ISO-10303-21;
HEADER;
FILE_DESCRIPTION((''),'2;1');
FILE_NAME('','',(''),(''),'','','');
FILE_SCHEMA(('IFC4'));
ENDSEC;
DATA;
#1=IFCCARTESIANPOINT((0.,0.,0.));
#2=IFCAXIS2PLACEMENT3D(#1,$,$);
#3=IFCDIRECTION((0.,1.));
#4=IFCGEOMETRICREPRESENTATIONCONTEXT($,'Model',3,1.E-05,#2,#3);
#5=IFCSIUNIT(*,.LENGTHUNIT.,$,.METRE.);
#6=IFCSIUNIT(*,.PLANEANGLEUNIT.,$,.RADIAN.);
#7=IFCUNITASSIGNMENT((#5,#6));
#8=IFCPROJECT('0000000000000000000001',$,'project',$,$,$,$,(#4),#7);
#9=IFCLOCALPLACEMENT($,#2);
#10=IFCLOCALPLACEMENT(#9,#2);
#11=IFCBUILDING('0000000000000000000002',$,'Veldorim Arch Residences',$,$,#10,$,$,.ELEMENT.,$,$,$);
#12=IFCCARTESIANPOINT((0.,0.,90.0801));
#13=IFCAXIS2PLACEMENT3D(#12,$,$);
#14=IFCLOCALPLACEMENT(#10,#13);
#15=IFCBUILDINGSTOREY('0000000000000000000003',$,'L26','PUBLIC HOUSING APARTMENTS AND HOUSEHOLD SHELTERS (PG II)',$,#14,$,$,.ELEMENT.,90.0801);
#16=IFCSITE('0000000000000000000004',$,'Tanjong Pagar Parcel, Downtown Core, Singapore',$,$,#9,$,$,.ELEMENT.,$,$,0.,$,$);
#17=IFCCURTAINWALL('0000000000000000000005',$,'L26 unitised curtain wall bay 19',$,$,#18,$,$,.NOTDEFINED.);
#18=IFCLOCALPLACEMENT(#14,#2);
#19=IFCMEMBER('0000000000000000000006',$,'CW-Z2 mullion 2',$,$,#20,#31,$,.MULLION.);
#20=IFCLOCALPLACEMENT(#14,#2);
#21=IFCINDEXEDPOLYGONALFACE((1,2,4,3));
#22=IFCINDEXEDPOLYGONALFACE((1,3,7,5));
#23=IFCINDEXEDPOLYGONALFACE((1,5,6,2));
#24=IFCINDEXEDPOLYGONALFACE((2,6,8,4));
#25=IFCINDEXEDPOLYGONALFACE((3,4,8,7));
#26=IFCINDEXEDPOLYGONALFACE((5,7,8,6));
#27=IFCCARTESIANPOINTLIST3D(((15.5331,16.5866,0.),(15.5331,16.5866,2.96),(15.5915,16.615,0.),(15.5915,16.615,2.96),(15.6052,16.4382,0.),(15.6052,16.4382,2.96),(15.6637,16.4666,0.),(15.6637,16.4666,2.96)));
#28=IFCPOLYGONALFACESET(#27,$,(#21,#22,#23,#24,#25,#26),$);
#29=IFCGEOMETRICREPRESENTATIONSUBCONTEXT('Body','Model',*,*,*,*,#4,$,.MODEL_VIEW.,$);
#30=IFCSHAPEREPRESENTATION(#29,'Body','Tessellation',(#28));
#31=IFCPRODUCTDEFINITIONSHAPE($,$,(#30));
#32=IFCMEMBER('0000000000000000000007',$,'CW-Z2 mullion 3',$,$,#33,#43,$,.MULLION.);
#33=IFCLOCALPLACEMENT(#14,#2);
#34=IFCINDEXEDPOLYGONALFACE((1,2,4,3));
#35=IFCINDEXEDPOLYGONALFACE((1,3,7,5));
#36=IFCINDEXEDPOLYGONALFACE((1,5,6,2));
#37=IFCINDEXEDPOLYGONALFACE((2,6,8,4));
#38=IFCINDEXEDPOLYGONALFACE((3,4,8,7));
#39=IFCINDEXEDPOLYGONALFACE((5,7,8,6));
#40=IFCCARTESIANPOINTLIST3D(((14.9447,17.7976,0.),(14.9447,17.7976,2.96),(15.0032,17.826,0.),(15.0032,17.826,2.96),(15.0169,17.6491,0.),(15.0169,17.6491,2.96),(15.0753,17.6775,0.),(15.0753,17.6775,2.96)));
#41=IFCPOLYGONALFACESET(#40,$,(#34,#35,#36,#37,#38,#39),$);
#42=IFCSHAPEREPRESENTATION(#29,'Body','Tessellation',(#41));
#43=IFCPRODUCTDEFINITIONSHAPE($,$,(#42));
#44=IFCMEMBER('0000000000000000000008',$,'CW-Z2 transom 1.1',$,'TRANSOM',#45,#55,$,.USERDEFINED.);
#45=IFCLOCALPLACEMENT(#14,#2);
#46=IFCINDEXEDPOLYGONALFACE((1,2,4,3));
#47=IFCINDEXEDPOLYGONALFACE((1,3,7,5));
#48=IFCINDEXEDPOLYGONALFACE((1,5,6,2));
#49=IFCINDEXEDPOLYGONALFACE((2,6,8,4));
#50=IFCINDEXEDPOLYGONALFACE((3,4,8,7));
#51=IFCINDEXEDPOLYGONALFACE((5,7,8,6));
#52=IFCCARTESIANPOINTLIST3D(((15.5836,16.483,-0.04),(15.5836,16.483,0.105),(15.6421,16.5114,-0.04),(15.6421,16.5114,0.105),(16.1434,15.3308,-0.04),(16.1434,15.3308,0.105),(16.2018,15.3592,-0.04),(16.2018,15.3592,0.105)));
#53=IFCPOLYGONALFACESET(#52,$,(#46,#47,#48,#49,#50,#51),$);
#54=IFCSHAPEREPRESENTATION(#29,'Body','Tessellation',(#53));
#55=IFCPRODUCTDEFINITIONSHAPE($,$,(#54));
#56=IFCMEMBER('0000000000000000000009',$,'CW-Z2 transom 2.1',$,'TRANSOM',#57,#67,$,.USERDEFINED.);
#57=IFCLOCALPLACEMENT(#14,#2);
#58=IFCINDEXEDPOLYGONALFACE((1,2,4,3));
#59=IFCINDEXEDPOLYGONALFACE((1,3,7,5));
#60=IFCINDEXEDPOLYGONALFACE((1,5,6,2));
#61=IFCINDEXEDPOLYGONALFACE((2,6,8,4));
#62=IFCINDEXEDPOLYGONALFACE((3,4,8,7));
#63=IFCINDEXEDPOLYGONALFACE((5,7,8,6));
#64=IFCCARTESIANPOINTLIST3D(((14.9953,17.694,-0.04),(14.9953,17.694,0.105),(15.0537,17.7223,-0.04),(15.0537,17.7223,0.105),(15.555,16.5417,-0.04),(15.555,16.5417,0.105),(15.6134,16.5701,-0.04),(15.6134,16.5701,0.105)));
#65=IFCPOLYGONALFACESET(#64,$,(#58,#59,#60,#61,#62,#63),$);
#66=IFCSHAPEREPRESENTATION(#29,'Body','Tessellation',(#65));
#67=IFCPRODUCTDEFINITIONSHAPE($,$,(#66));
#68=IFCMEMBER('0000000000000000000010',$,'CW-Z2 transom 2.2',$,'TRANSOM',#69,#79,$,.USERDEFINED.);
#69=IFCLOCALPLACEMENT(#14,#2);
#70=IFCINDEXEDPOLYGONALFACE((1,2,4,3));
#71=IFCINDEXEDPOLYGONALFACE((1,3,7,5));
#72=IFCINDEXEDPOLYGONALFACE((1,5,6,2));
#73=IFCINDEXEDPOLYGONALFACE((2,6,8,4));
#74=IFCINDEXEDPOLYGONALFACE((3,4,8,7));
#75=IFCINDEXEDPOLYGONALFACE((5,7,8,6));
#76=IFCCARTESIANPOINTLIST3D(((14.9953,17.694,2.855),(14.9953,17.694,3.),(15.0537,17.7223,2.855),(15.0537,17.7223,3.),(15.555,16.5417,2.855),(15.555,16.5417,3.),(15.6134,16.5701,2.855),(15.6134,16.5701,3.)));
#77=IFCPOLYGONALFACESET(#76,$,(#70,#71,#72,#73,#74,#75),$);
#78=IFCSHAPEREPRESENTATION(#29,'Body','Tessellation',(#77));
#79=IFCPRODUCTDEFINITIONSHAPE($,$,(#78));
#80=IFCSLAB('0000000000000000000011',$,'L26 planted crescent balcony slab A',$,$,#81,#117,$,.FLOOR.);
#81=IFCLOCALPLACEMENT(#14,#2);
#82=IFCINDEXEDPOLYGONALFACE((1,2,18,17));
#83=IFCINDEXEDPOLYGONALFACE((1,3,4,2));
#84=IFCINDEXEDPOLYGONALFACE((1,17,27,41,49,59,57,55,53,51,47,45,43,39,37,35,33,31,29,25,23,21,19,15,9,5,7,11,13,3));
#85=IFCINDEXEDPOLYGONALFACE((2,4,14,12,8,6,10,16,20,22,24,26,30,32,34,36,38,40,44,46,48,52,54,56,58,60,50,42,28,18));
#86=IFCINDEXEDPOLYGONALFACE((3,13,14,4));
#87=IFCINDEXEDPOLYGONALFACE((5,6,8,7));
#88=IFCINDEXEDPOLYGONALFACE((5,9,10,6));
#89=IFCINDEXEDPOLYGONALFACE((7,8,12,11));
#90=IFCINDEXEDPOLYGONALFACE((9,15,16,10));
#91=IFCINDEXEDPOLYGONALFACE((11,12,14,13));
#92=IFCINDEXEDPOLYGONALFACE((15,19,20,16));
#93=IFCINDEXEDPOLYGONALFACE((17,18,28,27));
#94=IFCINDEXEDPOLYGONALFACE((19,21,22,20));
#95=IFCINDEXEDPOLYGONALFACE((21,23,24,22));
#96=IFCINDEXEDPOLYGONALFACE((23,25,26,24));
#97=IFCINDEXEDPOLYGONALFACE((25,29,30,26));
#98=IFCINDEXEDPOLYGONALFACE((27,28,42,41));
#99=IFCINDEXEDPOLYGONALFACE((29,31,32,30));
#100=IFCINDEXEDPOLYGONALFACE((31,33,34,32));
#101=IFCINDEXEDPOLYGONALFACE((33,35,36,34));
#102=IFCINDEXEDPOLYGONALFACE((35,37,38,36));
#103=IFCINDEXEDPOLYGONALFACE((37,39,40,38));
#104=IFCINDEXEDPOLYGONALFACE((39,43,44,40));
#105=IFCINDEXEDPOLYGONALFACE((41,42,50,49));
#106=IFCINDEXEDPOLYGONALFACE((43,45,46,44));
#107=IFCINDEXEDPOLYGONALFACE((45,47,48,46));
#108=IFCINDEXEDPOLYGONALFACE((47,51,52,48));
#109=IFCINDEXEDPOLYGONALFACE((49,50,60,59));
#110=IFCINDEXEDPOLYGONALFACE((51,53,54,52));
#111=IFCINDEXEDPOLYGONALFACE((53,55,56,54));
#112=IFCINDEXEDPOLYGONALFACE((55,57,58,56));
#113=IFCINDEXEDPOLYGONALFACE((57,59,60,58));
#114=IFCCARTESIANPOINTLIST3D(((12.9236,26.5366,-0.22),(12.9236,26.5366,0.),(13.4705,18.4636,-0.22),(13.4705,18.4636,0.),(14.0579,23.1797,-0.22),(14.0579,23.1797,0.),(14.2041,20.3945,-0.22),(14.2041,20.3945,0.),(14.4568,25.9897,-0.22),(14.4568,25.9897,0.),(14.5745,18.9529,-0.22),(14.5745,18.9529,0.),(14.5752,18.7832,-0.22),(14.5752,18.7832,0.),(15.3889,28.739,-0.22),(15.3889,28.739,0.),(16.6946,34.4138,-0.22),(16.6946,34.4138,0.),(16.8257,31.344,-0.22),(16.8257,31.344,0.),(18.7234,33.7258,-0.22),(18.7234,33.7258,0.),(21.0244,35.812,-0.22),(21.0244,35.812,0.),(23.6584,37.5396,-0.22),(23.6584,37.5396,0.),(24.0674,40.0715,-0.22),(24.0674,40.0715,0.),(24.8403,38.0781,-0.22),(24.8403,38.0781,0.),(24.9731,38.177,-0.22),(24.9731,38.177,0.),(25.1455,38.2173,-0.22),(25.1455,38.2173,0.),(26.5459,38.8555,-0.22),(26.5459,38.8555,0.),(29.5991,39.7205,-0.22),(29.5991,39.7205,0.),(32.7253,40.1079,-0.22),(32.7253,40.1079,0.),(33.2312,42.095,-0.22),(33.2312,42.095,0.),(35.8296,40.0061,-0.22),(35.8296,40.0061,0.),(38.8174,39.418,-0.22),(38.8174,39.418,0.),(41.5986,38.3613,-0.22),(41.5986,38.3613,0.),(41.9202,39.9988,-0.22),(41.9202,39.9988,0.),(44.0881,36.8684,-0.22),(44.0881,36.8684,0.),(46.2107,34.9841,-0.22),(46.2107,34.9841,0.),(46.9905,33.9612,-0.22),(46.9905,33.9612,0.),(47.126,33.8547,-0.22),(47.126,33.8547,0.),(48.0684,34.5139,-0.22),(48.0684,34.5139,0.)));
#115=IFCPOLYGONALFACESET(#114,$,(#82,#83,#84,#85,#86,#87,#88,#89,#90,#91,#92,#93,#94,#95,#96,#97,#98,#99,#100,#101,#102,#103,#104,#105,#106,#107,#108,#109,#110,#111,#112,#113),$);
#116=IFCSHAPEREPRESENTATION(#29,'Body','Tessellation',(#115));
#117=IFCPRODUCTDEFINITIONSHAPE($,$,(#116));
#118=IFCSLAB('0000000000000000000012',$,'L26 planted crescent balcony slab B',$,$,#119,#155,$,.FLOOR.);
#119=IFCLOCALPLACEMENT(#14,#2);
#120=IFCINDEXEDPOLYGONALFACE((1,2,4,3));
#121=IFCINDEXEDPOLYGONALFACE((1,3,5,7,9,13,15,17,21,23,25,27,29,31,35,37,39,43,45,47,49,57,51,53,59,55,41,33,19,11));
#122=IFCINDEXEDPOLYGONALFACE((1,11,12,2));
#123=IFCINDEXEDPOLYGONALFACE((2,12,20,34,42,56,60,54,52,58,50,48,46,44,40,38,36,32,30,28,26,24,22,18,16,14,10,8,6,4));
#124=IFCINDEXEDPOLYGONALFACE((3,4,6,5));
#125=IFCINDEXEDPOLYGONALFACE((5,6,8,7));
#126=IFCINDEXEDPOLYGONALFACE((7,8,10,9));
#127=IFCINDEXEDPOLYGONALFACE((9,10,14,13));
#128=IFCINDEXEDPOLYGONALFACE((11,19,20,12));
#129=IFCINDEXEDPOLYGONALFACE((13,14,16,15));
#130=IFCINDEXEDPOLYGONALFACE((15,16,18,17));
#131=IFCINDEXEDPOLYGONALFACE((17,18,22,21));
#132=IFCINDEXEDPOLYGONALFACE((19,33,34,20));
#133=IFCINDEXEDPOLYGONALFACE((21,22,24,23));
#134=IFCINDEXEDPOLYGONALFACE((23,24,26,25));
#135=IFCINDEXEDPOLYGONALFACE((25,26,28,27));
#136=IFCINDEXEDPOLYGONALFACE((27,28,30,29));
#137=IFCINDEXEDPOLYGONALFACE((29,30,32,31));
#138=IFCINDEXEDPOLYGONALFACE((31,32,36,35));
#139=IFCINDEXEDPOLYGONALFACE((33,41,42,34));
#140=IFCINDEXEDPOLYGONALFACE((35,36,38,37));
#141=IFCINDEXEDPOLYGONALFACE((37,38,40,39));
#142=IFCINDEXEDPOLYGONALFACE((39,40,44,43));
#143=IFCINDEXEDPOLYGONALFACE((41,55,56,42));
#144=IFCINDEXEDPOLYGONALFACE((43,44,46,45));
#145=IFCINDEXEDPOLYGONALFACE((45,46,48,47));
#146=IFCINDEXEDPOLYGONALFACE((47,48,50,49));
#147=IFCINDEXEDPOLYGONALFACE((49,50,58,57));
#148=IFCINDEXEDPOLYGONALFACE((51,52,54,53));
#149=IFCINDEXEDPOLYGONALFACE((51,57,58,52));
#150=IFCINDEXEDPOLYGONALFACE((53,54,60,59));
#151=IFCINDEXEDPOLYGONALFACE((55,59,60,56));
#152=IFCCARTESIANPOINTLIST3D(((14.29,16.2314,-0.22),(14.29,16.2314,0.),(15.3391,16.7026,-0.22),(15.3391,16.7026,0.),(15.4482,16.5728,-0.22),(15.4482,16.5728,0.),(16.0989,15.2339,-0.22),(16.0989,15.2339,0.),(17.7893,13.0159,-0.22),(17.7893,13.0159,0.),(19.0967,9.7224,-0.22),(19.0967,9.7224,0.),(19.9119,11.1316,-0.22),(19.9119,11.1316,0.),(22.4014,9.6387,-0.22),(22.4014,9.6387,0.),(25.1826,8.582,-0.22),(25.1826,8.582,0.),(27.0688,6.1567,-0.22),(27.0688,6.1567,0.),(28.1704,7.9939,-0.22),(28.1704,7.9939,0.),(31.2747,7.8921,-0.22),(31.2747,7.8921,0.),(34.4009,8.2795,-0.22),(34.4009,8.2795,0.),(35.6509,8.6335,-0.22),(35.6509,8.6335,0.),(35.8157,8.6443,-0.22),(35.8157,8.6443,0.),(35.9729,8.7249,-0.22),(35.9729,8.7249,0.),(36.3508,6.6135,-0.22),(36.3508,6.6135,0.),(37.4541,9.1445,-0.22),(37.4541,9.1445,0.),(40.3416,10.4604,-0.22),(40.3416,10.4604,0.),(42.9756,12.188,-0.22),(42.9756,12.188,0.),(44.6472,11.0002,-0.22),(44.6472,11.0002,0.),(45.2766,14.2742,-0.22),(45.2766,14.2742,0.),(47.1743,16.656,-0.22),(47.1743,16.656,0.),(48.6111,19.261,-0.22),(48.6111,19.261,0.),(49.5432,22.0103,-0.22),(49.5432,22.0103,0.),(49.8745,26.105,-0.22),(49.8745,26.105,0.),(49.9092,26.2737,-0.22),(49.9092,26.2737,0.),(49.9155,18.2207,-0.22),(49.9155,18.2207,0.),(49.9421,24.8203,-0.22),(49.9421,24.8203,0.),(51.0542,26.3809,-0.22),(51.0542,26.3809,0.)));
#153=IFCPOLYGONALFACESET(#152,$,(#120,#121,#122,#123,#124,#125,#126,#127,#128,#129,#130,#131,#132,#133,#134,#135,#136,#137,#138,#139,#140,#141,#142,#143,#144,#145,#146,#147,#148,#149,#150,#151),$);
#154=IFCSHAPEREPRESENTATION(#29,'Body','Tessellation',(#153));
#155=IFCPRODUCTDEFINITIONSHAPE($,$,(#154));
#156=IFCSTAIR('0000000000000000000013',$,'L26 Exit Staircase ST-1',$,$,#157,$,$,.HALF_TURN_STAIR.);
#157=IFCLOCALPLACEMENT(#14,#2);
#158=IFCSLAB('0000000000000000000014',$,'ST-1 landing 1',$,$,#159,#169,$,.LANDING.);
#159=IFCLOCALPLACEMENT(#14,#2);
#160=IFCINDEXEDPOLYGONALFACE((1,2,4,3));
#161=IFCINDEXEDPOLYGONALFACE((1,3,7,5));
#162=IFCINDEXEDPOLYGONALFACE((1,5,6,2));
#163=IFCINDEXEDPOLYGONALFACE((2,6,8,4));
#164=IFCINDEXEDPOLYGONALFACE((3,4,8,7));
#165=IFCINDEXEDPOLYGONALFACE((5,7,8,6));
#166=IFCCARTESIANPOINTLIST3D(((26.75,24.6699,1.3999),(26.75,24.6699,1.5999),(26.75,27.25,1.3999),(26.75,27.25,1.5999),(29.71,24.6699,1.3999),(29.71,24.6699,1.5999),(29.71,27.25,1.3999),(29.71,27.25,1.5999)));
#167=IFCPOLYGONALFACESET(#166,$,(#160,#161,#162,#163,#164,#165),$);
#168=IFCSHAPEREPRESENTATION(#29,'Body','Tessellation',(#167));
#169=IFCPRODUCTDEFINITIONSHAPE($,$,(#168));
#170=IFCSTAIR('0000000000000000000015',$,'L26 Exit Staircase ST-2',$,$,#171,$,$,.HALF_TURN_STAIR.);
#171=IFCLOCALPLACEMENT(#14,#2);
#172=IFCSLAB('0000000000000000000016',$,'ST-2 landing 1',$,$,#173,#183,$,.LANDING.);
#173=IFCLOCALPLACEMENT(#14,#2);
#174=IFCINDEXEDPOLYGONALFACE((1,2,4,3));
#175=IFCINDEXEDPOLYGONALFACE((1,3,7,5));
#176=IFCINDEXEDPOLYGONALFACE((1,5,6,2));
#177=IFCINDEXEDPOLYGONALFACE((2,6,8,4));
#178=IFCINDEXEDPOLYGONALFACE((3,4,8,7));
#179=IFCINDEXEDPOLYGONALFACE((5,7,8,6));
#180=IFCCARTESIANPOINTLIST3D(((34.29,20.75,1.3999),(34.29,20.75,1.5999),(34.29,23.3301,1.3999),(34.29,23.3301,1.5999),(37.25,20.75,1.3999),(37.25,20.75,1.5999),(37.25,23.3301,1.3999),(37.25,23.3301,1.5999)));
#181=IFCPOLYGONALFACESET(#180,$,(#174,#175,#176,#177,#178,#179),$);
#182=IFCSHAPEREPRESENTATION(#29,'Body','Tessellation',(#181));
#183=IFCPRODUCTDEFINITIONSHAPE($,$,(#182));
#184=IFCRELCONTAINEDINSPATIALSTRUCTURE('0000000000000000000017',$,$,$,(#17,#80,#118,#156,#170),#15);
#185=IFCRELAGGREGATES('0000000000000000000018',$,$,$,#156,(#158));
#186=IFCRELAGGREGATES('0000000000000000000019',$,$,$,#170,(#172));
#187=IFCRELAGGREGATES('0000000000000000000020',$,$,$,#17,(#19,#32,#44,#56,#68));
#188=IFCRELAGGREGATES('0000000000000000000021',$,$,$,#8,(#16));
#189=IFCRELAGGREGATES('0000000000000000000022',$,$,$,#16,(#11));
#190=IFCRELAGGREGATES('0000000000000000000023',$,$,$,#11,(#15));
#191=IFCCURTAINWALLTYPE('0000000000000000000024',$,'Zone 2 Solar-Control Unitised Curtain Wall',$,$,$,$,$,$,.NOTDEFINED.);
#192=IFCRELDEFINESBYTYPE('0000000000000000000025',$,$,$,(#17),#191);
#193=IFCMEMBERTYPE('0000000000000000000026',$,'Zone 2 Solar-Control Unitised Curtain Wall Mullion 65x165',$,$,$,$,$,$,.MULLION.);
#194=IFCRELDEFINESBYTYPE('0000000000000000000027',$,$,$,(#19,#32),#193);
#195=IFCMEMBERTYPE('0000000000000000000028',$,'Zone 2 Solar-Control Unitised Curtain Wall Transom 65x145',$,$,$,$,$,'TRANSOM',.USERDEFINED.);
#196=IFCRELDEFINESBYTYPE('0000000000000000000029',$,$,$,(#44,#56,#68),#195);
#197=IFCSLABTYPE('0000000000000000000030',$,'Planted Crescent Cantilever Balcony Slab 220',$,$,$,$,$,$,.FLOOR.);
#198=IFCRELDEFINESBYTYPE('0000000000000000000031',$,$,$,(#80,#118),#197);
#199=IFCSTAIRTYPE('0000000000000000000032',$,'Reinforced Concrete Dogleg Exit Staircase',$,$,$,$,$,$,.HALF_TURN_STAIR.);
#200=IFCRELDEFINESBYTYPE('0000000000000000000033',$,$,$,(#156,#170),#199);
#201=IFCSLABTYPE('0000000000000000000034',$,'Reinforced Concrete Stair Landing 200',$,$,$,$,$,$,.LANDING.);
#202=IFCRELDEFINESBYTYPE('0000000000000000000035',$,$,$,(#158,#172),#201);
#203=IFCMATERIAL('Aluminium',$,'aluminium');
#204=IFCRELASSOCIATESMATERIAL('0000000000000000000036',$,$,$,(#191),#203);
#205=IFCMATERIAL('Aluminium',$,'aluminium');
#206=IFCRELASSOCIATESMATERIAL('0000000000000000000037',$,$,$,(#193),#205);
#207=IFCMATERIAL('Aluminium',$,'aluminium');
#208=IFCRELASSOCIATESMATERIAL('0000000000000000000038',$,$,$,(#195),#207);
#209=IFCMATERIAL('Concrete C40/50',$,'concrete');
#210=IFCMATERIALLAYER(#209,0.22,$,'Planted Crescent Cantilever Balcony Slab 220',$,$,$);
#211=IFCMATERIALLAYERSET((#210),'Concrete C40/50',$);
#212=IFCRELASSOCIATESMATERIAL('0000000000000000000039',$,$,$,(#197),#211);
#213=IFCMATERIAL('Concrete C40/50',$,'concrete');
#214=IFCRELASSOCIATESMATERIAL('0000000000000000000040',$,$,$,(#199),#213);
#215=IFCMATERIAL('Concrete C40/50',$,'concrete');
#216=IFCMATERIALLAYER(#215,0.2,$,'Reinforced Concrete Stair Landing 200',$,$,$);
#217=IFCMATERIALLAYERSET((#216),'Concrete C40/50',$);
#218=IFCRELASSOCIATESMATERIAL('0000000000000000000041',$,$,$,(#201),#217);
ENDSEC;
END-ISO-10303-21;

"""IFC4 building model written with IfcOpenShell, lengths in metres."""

from ifc_helpers import new_model, si_unit, direction, frame, origin, origin_2d, place, context, subcontext, project, spatial, polyline, rectangle, outline, extrude, material, layer, layer_set, material_profile, profile_set, type_object, element, aggregate, save


model = new_model("IFC4")

# Units and contexts
model_context = context("Model", 3, precision=1e-05, world=origin(), true_north=direction((0.0, 1.0)))
body_context = subcontext(model_context, "Body", "Model", "MODEL_VIEW")
ifc_project = project(units=[si_unit("LENGTHUNIT", "METRE"), si_unit("PLANEANGLEUNIT", "RADIAN")], contexts=[model_context])

# Site, building, storey
site_placement = place(None, origin())
site = spatial("IfcSite", under=ifc_project, at=site_placement, Name="Tanjong Pagar Parcel, Downtown Core, Singapore", CompositionType="ELEMENT", RefElevation=0.0)
building_placement = place(site_placement, origin())
building = spatial("IfcBuilding", under=site, at=building_placement, Name="Veldorim Arch Residences", CompositionType="ELEMENT")
storey_placement = place(building_placement, frame((0.0, 0.0, 90.0801)))
storey = spatial("IfcBuildingStorey", under=building, at=storey_placement, Name="L26", Description="PUBLIC HOUSING APARTMENTS AND HOUSEHOLD SHELTERS (PG II)", CompositionType="ELEMENT", Elevation=90.0801)

# Curtain wall, members
ifc_material_1 = material(Name="Aluminium", Category="aluminium")
curtain_wall_type = type_object("IfcCurtainWallType", Name="Zone 2 Solar-Control Unitised Curtain Wall", PredefinedType="NOTDEFINED", material=ifc_material_1)
curtain_wall_placement = place(storey_placement, origin())
curtain_wall = element("IfcCurtainWall", 1, at=curtain_wall_placement, inside=storey, type_object=curtain_wall_type, Name="L26 unitised curtain wall bay 19", PredefinedType="NOTDEFINED")
ifc_material_2 = material(Name="Aluminium", Category="aluminium")
ifc_material_profile_1 = material_profile(ifc_material_2, rectangle(XDim=0.0649, YDim=0.165, at=origin_2d()), Name="ALU_MUL_65x165")
ifc_profile_set_1 = profile_set([ifc_material_profile_1], Name="Aluminium")
member_type_1 = type_object("IfcMemberType", Name="Zone 2 Solar-Control Unitised Curtain Wall Mullion 65x165", PredefinedType="MULLION", material=ifc_profile_set_1)
member_1_placement = place(storey_placement, frame((15.5984, 16.5266, 0.0), z_axis=(0.0, 0.0, 1.0), x_axis=(-0.899439, -0.437046, 0.0)))
member_1 = element("IfcMember", 2, at=member_1_placement, type_object=member_type_1, Name="CW-Z2 mullion 2", PredefinedType="MULLION", context=body_context, shape_type="SweptSolid", body=[
    extrude(rectangle(XDim=0.0649, YDim=0.165, at=origin_2d()), origin(), (0.0, 0.0, 1.0), 2.96),
])
member_2_placement = place(storey_placement, frame((15.01, 17.7375, 0.0), z_axis=(0.0, 0.0, 1.0), x_axis=(-0.899439, -0.437046, 0.0)))
member_2 = element("IfcMember", 3, at=member_2_placement, type_object=member_type_1, Name="CW-Z2 mullion 3", PredefinedType="MULLION", context=body_context, shape_type="SweptSolid", body=[
    extrude(rectangle(XDim=0.0649, YDim=0.165, at=origin_2d()), origin(), (0.0, 0.0, 1.0), 2.96),
])
ifc_material_3 = material(Name="Aluminium", Category="aluminium")
ifc_material_profile_2 = material_profile(ifc_material_3, rectangle(XDim=0.0649, YDim=0.145, at=origin_2d()), Name="ALU_TRN_65x145")
ifc_profile_set_2 = profile_set([ifc_material_profile_2], Name="Aluminium")
member_type_2 = type_object("IfcMemberType", Name="Zone 2 Solar-Control Unitised Curtain Wall Transom 65x145", ElementType="TRANSOM", PredefinedType="USERDEFINED", material=ifc_profile_set_2)
member_3_placement = place(storey_placement, frame((16.1726, 15.345, 0.0325), z_axis=(-0.43697, 0.899476, 0.0), x_axis=(-0.899476, -0.43697, 0.0)))
member_3 = element("IfcMember", 4, at=member_3_placement, type_object=member_type_2, Name="CW-Z2 transom 1.1", ObjectType="TRANSOM", PredefinedType="USERDEFINED", context=body_context, shape_type="SweptSolid", body=[
    extrude(rectangle(XDim=0.0649, YDim=0.145, at=origin_2d()), origin(), (0.0, 0.0, 1.0), 1.281),
])
member_4_placement = place(storey_placement, frame((15.5842, 16.5559, 0.0325), z_axis=(-0.43697, 0.899476, 0.0), x_axis=(-0.899476, -0.43697, 0.0)))
member_4 = element("IfcMember", 5, at=member_4_placement, type_object=member_type_2, Name="CW-Z2 transom 2.1", ObjectType="TRANSOM", PredefinedType="USERDEFINED", context=body_context, shape_type="SweptSolid", body=[
    extrude(rectangle(XDim=0.0649, YDim=0.145, at=origin_2d()), origin(), (0.0, 0.0, 1.0), 1.281),
])
member_5_placement = place(storey_placement, frame((15.5842, 16.5559, 2.9275), z_axis=(-0.43697, 0.899476, 0.0), x_axis=(-0.899476, -0.43697, 0.0)))
member_5 = element("IfcMember", 6, at=member_5_placement, type_object=member_type_2, Name="CW-Z2 transom 2.2", ObjectType="TRANSOM", PredefinedType="USERDEFINED", context=body_context, shape_type="SweptSolid", body=[
    extrude(rectangle(XDim=0.0649, YDim=0.145, at=origin_2d()), origin(), (0.0, 0.0, 1.0), 1.281),
])

# Slabs
ifc_material_4 = material(Name="Concrete C40/50", Category="concrete")
ifc_layer_1 = layer(ifc_material_4, 0.22, Name="Planted Crescent Cantilever Balcony Slab 220")
ifc_layer_set_1 = layer_set([ifc_layer_1], Name="Concrete C40/50")
slab_type_1 = type_object("IfcSlabType", Name="Planted Crescent Cantilever Balcony Slab 220", PredefinedType="FLOOR", material=ifc_layer_set_1)
slab_1_placement = place(storey_placement, frame((0.0, 0.0, -0.22)))
element("IfcSlab", 7, at=slab_1_placement, inside=storey, type_object=slab_type_1, Name="L26 planted crescent balcony slab A", PredefinedType="FLOOR", context=body_context, shape_type="SweptSolid", body=[
    extrude(outline(polyline([(46.9905, 33.9612), (46.2107, 34.9841), (44.0881, 36.8684), (41.5986, 38.3613), (38.8174, 39.418), (35.8296, 40.0061), (32.7253, 40.1079), (29.5991, 39.7205), (26.5459, 38.8555), (25.1455, 38.2173), (24.9731, 38.177), (24.8403, 38.0781), (23.6584, 37.5396), (21.0244, 35.812), (18.7234, 33.7258), (16.8257, 31.344), (15.3889, 28.739), (14.4568, 25.9897), (14.0579, 23.1797), (14.2041, 20.3945), (14.5745, 18.9529), (14.5752, 18.7832), (13.4705, 18.4636), (12.9236, 26.5366), (16.6946, 34.4138), (24.0674, 40.0715), (33.2312, 42.095), (41.9202, 39.9988), (48.0684, 34.5139), (47.126, 33.8547), (46.9905, 33.9612)])), origin(), (0.0, 0.0, 1.0), 0.22),
])
slab_2_placement = place(storey_placement, frame((0.0, 0.0, -0.22)))
element("IfcSlab", 8, at=slab_2_placement, inside=storey, type_object=slab_type_1, Name="L26 planted crescent balcony slab B", PredefinedType="FLOOR", context=body_context, shape_type="SweptSolid", body=[
    extrude(outline(polyline([(15.4482, 16.5728), (16.0989, 15.2339), (17.7893, 13.0159), (19.9119, 11.1316), (22.4014, 9.6387), (25.1826, 8.582), (28.1704, 7.9939), (31.2747, 7.8921), (34.4009, 8.2795), (35.6509, 8.6335), (35.8157, 8.6443), (35.9729, 8.7249), (37.4541, 9.1445), (40.3416, 10.4604), (42.9756, 12.188), (45.2766, 14.2742), (47.1743, 16.656), (48.6111, 19.261), (49.5432, 22.0103), (49.9421, 24.8203), (49.8745, 26.105), (49.9092, 26.2737), (51.0542, 26.3809), (49.9155, 18.2207), (44.6472, 11.0002), (36.3508, 6.6135), (27.0688, 6.1567), (19.0967, 9.7224), (14.29, 16.2314), (15.3391, 16.7026), (15.4482, 16.5728)])), origin(), (0.0, 0.0, 1.0), 0.22),
])

# Stairs, slabs
ifc_material_5 = material(Name="Concrete C40/50", Category="concrete")
stair_type = type_object("IfcStairType", Name="Reinforced Concrete Dogleg Exit Staircase", PredefinedType="HALF_TURN_STAIR", material=ifc_material_5)
stair_1_placement = place(storey_placement, origin())
stair_1 = element("IfcStair", 9, at=stair_1_placement, inside=storey, type_object=stair_type, Name="L26 Exit Staircase ST-1", PredefinedType="HALF_TURN_STAIR")
ifc_material_6 = material(Name="Concrete C40/50", Category="concrete")
ifc_layer_2 = layer(ifc_material_6, 0.2, Name="Reinforced Concrete Stair Landing 200")
ifc_layer_set_2 = layer_set([ifc_layer_2], Name="Concrete C40/50")
slab_type_2 = type_object("IfcSlabType", Name="Reinforced Concrete Stair Landing 200", PredefinedType="LANDING", material=ifc_layer_set_2)
slab_3_placement = place(storey_placement, frame((0.0, 0.0, 1.3999)))
slab_3 = element("IfcSlab", 10, at=slab_3_placement, type_object=slab_type_2, Name="ST-1 landing 1", PredefinedType="LANDING", context=body_context, shape_type="SweptSolid", body=[
    extrude(outline(polyline([(29.71, 24.6699), (29.71, 27.25), (26.75, 27.25), (26.75, 24.6699), (29.71, 24.6699)])), origin(), (0.0, 0.0, 1.0), 0.2),
])
aggregate(stair_1, [slab_3])
stair_2_placement = place(storey_placement, origin())
stair_2 = element("IfcStair", 11, at=stair_2_placement, inside=storey, type_object=stair_type, Name="L26 Exit Staircase ST-2", PredefinedType="HALF_TURN_STAIR")
slab_4_placement = place(storey_placement, frame((0.0, 0.0, 1.3999)))
slab_4 = element("IfcSlab", 12, at=slab_4_placement, type_object=slab_type_2, Name="ST-2 landing 1", PredefinedType="LANDING", context=body_context, shape_type="SweptSolid", body=[
    extrude(outline(polyline([(34.29, 23.3301), (34.29, 20.75), (37.25, 20.75), (37.25, 23.3301), (34.29, 23.3301)])), origin(), (0.0, 0.0, 1.0), 0.2),
])
aggregate(stair_2, [slab_4])

aggregate(curtain_wall, [member_1, member_2, member_3, member_4, member_5])

save(model, "model.ifc")
